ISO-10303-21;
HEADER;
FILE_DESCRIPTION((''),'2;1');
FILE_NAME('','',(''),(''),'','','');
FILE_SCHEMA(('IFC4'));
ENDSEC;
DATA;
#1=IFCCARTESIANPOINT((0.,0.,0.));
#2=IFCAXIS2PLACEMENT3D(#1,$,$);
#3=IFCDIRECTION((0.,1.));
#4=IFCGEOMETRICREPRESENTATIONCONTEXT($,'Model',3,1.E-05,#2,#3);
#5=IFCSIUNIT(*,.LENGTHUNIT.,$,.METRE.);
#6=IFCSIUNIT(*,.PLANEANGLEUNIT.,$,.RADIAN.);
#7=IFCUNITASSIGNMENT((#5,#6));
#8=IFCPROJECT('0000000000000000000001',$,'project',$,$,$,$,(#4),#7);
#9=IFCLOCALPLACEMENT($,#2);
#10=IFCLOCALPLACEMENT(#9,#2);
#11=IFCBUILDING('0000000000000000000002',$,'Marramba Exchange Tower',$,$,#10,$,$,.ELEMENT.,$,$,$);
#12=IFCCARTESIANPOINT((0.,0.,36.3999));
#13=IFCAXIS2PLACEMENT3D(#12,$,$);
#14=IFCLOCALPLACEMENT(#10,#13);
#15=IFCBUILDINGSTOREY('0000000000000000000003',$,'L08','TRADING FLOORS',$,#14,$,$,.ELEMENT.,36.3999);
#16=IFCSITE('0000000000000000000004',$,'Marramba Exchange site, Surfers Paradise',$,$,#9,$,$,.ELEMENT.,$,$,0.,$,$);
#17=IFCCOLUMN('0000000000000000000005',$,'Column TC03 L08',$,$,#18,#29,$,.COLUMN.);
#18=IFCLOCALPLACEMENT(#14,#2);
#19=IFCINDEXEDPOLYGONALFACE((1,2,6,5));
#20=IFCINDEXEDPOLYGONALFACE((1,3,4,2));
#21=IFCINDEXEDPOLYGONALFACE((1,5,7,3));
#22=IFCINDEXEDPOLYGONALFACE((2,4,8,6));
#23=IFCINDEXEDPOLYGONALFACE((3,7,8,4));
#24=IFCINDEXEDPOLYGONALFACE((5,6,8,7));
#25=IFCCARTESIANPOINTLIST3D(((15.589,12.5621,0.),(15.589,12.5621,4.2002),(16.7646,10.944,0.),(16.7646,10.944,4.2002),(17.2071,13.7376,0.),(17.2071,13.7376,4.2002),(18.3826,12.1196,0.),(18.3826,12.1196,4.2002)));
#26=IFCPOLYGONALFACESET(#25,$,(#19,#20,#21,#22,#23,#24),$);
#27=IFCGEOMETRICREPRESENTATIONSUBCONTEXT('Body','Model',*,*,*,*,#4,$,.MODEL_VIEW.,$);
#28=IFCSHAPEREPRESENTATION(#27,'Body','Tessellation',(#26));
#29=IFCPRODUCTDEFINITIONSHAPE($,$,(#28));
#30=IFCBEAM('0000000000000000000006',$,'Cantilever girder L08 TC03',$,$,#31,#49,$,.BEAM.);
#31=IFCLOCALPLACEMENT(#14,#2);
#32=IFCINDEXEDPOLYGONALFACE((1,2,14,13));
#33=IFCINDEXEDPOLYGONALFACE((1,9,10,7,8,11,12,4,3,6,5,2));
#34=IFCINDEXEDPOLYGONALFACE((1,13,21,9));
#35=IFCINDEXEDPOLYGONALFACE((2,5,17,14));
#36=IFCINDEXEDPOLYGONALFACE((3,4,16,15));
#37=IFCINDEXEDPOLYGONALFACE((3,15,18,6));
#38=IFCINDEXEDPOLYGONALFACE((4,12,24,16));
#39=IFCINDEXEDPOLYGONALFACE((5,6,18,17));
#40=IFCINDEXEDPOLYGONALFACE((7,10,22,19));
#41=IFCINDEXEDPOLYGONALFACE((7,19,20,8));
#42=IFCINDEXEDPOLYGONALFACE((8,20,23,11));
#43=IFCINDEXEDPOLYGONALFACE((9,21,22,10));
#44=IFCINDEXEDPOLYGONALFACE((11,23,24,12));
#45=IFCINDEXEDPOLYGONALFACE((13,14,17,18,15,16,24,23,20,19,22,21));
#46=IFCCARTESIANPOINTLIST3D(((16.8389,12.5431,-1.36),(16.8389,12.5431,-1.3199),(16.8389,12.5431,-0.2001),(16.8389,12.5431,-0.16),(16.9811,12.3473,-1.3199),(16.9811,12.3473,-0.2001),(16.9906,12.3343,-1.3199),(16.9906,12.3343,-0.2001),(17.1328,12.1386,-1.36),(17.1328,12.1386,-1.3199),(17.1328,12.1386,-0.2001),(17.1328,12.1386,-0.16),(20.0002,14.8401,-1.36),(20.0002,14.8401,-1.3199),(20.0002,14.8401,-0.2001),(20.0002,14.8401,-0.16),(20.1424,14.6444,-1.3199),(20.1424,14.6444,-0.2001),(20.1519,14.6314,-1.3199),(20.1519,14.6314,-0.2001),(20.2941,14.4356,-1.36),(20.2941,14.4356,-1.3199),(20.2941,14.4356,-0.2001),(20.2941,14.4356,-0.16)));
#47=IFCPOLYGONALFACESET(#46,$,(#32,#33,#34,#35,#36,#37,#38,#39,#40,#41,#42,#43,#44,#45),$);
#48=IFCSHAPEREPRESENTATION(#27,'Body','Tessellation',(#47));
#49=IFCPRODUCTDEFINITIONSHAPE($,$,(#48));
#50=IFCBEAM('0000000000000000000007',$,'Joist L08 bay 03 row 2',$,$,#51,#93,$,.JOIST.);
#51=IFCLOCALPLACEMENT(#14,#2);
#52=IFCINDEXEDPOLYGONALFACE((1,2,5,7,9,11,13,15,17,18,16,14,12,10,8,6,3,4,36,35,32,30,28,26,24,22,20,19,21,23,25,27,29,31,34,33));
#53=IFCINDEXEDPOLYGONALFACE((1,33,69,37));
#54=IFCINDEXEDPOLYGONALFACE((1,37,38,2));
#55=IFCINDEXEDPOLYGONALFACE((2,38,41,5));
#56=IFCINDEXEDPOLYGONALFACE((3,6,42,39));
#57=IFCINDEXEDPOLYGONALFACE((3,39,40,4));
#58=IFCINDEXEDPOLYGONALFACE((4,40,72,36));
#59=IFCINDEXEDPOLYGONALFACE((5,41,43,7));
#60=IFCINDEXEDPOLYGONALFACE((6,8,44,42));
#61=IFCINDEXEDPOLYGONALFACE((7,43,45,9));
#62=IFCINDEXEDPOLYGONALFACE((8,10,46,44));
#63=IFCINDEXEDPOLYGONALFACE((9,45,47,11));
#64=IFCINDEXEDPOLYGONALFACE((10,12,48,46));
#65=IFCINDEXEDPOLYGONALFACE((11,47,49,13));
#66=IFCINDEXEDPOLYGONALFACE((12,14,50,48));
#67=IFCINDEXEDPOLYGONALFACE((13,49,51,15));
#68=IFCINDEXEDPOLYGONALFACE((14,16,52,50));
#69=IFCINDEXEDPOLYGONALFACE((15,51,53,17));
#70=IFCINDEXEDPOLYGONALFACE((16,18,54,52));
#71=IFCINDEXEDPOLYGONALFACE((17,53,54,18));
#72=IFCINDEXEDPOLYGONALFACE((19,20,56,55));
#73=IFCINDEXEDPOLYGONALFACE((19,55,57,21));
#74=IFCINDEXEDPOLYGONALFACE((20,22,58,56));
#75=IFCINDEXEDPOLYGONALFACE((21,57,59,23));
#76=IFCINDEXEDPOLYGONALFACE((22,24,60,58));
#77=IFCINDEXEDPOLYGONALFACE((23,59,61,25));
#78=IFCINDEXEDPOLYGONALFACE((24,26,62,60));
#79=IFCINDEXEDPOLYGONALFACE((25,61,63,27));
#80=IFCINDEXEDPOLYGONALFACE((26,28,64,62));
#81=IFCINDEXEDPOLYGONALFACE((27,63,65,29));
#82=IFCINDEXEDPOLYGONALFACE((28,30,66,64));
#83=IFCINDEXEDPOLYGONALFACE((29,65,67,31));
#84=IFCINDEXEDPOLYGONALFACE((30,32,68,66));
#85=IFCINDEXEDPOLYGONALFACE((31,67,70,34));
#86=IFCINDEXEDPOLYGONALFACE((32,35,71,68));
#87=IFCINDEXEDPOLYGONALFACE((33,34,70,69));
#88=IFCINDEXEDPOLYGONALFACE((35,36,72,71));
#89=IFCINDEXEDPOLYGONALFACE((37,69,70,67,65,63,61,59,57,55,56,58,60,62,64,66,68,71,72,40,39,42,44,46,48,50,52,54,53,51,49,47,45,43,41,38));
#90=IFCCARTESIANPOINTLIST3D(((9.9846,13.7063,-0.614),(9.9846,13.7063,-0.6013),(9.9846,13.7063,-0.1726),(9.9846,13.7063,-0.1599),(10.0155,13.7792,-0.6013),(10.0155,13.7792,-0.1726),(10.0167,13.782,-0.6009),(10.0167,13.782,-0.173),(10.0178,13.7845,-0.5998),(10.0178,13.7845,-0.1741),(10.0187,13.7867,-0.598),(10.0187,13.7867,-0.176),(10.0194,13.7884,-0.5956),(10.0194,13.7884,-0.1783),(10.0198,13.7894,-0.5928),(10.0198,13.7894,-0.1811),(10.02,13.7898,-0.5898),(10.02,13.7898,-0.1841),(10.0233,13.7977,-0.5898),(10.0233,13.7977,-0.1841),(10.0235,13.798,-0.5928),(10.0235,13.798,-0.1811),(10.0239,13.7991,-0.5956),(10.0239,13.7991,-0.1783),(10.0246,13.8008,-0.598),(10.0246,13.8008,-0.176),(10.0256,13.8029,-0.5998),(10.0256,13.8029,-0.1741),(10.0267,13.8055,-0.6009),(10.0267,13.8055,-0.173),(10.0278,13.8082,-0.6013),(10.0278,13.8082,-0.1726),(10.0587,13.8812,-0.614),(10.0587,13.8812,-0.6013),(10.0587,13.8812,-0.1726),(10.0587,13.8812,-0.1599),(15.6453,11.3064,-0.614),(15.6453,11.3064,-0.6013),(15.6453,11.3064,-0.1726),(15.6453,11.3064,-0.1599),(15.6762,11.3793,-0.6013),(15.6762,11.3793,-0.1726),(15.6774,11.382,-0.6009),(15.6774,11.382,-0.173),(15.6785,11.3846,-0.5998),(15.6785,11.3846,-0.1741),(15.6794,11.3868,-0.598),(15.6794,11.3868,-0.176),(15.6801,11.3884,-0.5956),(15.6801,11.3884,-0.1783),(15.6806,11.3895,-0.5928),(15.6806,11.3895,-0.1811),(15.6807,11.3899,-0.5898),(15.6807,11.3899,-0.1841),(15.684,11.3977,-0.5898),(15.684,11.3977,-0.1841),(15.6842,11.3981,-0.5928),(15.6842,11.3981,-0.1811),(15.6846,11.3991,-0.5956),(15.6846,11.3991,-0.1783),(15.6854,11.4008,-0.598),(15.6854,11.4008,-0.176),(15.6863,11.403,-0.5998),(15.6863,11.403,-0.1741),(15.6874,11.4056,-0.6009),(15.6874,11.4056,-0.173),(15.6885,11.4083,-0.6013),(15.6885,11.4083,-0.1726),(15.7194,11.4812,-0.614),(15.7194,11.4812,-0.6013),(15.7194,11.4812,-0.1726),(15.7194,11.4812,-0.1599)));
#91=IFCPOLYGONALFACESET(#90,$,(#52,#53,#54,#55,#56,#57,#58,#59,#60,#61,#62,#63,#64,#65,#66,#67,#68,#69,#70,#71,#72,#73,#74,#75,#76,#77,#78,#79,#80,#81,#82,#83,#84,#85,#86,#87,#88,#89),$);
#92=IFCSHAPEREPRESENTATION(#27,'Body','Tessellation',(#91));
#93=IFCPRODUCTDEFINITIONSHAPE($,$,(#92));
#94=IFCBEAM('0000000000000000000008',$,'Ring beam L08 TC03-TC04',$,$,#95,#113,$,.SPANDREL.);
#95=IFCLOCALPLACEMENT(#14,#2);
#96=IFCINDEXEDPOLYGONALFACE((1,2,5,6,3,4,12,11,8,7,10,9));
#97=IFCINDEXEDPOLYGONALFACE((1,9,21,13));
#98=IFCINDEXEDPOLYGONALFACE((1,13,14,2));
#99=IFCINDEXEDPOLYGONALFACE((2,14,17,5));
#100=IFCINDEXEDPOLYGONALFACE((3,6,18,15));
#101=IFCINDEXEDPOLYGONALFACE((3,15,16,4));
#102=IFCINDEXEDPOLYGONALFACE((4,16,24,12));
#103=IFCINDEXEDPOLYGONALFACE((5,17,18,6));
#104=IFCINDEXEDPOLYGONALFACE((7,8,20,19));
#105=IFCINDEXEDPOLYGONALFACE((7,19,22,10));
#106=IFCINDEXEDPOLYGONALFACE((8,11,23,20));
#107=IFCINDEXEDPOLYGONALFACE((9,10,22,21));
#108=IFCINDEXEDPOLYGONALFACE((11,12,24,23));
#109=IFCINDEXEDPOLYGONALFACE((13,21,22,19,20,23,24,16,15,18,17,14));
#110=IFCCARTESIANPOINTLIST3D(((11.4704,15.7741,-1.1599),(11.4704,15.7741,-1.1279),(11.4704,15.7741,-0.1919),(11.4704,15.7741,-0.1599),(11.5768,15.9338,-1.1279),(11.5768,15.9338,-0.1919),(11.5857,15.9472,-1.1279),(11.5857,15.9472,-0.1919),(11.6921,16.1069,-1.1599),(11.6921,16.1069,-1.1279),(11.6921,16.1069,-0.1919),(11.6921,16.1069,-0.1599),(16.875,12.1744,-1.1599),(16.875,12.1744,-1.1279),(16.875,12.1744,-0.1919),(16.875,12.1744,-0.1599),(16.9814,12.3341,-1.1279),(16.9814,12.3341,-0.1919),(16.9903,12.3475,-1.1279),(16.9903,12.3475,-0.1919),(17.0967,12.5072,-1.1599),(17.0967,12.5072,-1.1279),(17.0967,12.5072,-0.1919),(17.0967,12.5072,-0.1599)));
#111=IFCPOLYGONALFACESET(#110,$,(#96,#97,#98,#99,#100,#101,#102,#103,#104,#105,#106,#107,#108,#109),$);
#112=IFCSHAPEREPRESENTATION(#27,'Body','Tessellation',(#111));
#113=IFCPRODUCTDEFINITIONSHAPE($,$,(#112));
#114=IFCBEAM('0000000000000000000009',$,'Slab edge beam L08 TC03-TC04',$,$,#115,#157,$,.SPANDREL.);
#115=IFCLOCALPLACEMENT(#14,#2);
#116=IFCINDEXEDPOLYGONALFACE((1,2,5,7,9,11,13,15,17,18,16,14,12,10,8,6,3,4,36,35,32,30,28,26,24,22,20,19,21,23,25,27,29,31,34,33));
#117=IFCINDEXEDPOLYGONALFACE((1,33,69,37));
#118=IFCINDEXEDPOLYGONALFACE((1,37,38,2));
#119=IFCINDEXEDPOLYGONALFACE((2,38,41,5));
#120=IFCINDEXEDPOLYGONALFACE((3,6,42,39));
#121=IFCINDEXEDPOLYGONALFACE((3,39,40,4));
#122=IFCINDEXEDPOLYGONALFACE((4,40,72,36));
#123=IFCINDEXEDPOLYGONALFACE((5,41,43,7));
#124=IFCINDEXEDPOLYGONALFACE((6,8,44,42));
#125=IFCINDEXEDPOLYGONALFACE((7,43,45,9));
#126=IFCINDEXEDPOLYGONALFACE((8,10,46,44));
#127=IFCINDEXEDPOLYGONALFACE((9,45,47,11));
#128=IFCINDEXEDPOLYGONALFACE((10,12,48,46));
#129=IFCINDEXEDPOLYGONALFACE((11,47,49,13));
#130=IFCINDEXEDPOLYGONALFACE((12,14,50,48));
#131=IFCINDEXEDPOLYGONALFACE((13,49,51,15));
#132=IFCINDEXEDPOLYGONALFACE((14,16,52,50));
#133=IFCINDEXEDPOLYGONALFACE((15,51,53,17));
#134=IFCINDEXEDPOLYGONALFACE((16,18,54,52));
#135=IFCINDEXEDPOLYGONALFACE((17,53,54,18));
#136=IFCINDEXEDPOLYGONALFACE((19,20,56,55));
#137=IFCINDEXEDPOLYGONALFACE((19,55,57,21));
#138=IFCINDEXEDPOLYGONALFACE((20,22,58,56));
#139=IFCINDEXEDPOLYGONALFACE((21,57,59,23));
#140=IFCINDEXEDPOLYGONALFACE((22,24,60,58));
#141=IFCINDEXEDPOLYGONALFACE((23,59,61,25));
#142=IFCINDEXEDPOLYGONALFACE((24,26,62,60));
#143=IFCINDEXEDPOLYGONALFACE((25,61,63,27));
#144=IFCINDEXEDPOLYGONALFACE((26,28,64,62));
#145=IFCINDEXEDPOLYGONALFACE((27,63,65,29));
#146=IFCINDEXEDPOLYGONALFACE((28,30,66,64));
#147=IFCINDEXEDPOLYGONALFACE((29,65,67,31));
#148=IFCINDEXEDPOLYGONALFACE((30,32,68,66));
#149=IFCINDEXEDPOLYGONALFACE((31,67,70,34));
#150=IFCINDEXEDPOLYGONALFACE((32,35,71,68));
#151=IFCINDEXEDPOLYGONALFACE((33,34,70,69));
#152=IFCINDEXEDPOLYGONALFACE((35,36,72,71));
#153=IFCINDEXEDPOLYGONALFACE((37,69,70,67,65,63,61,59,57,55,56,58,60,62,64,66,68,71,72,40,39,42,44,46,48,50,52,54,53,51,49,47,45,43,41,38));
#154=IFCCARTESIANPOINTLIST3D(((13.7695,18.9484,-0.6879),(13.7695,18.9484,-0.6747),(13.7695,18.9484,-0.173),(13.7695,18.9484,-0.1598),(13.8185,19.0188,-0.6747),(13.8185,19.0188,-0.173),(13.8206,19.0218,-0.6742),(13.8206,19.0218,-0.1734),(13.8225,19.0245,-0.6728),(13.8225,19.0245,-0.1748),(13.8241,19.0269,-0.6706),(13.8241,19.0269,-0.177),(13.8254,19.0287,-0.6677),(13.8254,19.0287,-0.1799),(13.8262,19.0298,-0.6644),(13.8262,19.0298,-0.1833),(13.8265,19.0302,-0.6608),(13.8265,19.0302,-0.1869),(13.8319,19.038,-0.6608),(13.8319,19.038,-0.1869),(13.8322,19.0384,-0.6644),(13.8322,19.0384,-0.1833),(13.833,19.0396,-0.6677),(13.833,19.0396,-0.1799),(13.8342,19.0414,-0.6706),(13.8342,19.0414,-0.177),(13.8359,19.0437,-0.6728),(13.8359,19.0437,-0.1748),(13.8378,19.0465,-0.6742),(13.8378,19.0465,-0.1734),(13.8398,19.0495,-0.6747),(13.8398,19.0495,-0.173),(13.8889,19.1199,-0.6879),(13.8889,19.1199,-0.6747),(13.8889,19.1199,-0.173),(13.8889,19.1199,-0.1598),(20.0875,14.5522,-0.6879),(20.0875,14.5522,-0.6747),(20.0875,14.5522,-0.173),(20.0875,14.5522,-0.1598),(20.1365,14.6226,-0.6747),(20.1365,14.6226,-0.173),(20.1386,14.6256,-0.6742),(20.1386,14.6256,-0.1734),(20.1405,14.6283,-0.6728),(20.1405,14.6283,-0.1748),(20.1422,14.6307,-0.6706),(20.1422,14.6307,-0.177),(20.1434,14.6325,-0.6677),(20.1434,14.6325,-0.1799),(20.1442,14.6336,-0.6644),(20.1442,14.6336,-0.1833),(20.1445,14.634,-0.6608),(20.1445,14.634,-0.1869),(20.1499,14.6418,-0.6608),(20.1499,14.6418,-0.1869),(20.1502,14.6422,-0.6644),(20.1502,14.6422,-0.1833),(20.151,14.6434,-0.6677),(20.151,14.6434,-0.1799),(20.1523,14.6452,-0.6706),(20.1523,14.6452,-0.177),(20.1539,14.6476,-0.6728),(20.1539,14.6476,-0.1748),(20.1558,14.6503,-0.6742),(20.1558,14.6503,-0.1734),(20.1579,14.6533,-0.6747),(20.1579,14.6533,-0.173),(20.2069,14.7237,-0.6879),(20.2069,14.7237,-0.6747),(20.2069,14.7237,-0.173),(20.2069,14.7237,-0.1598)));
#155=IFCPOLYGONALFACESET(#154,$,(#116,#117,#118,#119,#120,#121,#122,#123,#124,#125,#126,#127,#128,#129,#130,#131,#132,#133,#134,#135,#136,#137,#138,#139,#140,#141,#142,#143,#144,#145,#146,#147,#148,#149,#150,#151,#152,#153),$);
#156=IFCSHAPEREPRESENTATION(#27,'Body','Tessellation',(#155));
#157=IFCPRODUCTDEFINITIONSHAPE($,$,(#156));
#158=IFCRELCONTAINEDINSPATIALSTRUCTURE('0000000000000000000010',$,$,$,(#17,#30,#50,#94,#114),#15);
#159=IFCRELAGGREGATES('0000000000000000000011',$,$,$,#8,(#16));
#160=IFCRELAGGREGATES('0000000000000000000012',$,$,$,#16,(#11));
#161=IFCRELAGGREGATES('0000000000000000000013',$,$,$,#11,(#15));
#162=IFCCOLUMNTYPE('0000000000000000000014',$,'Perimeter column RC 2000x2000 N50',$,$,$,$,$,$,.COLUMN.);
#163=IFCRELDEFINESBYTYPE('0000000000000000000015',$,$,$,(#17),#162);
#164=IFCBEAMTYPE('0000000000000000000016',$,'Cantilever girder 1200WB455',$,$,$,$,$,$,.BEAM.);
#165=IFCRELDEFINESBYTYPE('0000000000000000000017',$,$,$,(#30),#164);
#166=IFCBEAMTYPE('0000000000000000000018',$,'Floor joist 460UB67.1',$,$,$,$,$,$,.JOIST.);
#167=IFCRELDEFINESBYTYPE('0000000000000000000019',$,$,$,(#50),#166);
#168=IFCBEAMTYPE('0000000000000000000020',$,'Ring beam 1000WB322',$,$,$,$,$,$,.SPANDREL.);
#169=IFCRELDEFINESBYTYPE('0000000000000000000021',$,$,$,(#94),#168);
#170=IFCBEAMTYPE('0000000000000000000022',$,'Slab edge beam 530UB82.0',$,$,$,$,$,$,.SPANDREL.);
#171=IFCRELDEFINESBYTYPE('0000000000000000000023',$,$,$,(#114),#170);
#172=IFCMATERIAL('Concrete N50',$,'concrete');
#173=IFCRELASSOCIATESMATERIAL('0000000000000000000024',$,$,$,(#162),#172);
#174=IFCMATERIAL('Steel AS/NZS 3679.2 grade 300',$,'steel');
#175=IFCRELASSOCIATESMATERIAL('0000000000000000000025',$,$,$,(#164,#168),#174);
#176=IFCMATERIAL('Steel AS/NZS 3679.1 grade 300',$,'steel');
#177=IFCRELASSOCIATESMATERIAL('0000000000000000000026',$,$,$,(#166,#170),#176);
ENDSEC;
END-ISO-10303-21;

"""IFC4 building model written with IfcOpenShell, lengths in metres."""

from ifc_helpers import new_model, si_unit, direction, frame, origin, origin_2d, place, context, subcontext, project, spatial, rectangle, i_section, extrude, material, material_profile, profile_set, type_object, element, save


model = new_model("IFC4")

# Units and contexts
model_context = context("Model", 3, precision=1e-05, world=origin(), true_north=direction((0.0, 1.0)))
body_context = subcontext(model_context, "Body", "Model", "MODEL_VIEW")
ifc_project = project(units=[si_unit("LENGTHUNIT", "METRE"), si_unit("PLANEANGLEUNIT", "RADIAN")], contexts=[model_context])

# Site, building, storey
site_placement = place(None, origin())
site = spatial("IfcSite", under=ifc_project, at=site_placement, Name="Marramba Exchange site, Surfers Paradise", CompositionType="ELEMENT", RefElevation=0.0)
building_placement = place(site_placement, origin())
building = spatial("IfcBuilding", under=site, at=building_placement, Name="Marramba Exchange Tower", CompositionType="ELEMENT")
storey_placement = place(building_placement, frame((0.0, 0.0, 36.3999)))
storey = spatial("IfcBuildingStorey", under=building, at=storey_placement, Name="L08", Description="TRADING FLOORS", CompositionType="ELEMENT", Elevation=36.3999)

# Column
ifc_material_1 = material(Name="Concrete N50", Category="concrete")
ifc_material_profile_1 = material_profile(ifc_material_1, rectangle(XDim=2.0, YDim=2.0, at=origin_2d()), Name="RC 2000x2000")
ifc_profile_set_1 = profile_set([ifc_material_profile_1], Name="Concrete N50")
column_type = type_object("IfcColumnType", Name="Perimeter column RC 2000x2000 N50", PredefinedType="COLUMN", material=ifc_profile_set_1)
column_placement = place(storey_placement, frame((16.9858, 12.3408, 0.0), z_axis=(0.0, 0.0, 1.0), x_axis=(0.809017, 0.587785, 0.0)))
element("IfcColumn", 1, at=column_placement, inside=storey, type_object=column_type, Name="Column TC03 L08", PredefinedType="COLUMN", context=body_context, shape_type="SweptSolid", body=[
    extrude(rectangle(XDim=2.0, YDim=2.0, at=origin_2d()), origin(), (0.0, 0.0, 1.0), 4.2002),
])

# Beams
ifc_material_2 = material(Name="Steel AS/NZS 3679.2 grade 300", Category="steel")
ifc_material_profile_2 = material_profile(ifc_material_2, i_section(OverallWidth=0.5, OverallDepth=1.2, WebThickness=0.0161, FlangeThickness=0.04, at=origin_2d()), Name="1200WB455")
ifc_profile_set_2 = profile_set([ifc_material_profile_2], Name="Steel AS/NZS 3679.2 grade 300")
beam_type_1 = type_object("IfcBeamType", Name="Cantilever girder 1200WB455", PredefinedType="BEAM", material=ifc_profile_set_2)
beam_1_placement = place(storey_placement, frame((16.9858, 12.3408, -0.76), z_axis=(0.808987, 0.587826, 0.0), x_axis=(-0.587826, 0.808987, 0.0)))
element("IfcBeam", 2, at=beam_1_placement, inside=storey, type_object=beam_type_1, Name="Cantilever girder L08 TC03", PredefinedType="BEAM", context=body_context, shape_type="SweptSolid", body=[
    extrude(i_section(OverallWidth=0.5, OverallDepth=1.2, WebThickness=0.0161, FlangeThickness=0.04, at=origin_2d()), origin(), (0.0, 0.0, 1.0), 3.9077),
])
ifc_material_3 = material(Name="Steel AS/NZS 3679.1 grade 300", Category="steel")
ifc_material_profile_3 = material_profile(ifc_material_3, i_section(OverallWidth=0.1899, OverallDepth=0.4541, WebThickness=0.0085, FlangeThickness=0.0127, FilletRadius=0.0115, at=origin_2d()), Name="460UB67.1")
ifc_profile_set_3 = profile_set([ifc_material_profile_3], Name="Steel AS/NZS 3679.1 grade 300")
beam_type_2 = type_object("IfcBeamType", Name="Floor joist 460UB67.1", PredefinedType="JOIST", material=ifc_profile_set_3)
beam_2_placement = place(storey_placement, frame((15.6824, 11.3938, -0.387), z_axis=(-0.920674, 0.390332, 0.0), x_axis=(-0.390332, -0.920674, 0.0)))
element("IfcBeam", 3, at=beam_2_placement, inside=storey, type_object=beam_type_2, Name="Joist L08 bay 03 row 2", PredefinedType="JOIST", context=body_context, shape_type="SweptSolid", body=[
    extrude(i_section(OverallWidth=0.1899, OverallDepth=0.4541, WebThickness=0.0085, FlangeThickness=0.0127, FilletRadius=0.0115, at=origin_2d()), origin(), (0.0, 0.0, 1.0), 6.1484),
])
ifc_material_profile_4 = material_profile(ifc_material_2, i_section(OverallWidth=0.3999, OverallDepth=1.0, WebThickness=0.0161, FlangeThickness=0.032, at=origin_2d()), Name="1000WB322")
ifc_profile_set_4 = profile_set([ifc_material_profile_4], Name="Steel AS/NZS 3679.2 grade 300")
beam_type_3 = type_object("IfcBeamType", Name="Ring beam 1000WB322", PredefinedType="SPANDREL", material=ifc_profile_set_4)
beam_3_placement = place(storey_placement, frame((16.9858, 12.3408, -0.6599), z_axis=(-0.832293, 0.554336, 0.0), x_axis=(-0.554336, -0.832293, 0.0)))
element("IfcBeam", 4, at=beam_3_placement, inside=storey, type_object=beam_type_3, Name="Ring beam L08 TC03-TC04", PredefinedType="SPANDREL", context=body_context, shape_type="SweptSolid", body=[
    extrude(i_section(OverallWidth=0.3999, OverallDepth=1.0, WebThickness=0.0161, FlangeThickness=0.032, at=origin_2d()), origin(), (0.0, 0.0, 1.0), 6.4937),
])
ifc_material_profile_5 = material_profile(ifc_material_3, i_section(OverallWidth=0.209, OverallDepth=0.5281, WebThickness=0.0095, FlangeThickness=0.0132, FilletRadius=0.0139, at=origin_2d()), Name="530UB82.0")
ifc_profile_set_5 = profile_set([ifc_material_profile_5], Name="Steel AS/NZS 3679.1 grade 300")
beam_type_4 = type_object("IfcBeamType", Name="Slab edge beam 530UB82.0", PredefinedType="SPANDREL", material=ifc_profile_set_5)
beam_4_placement = place(storey_placement, frame((20.1472, 14.6379, -0.4238), z_axis=(-0.820842, 0.571155, 0.0), x_axis=(-0.571155, -0.820842, 0.0)))
element("IfcBeam", 5, at=beam_4_placement, inside=storey, type_object=beam_type_4, Name="Slab edge beam L08 TC03-TC04", PredefinedType="SPANDREL", context=body_context, shape_type="SweptSolid", body=[
    extrude(i_section(OverallWidth=0.209, OverallDepth=0.5281, WebThickness=0.0095, FlangeThickness=0.0132, FilletRadius=0.0139, at=origin_2d()), origin(), (0.0, 0.0, 1.0), 7.697),
])

save(model, "model.ifc")
